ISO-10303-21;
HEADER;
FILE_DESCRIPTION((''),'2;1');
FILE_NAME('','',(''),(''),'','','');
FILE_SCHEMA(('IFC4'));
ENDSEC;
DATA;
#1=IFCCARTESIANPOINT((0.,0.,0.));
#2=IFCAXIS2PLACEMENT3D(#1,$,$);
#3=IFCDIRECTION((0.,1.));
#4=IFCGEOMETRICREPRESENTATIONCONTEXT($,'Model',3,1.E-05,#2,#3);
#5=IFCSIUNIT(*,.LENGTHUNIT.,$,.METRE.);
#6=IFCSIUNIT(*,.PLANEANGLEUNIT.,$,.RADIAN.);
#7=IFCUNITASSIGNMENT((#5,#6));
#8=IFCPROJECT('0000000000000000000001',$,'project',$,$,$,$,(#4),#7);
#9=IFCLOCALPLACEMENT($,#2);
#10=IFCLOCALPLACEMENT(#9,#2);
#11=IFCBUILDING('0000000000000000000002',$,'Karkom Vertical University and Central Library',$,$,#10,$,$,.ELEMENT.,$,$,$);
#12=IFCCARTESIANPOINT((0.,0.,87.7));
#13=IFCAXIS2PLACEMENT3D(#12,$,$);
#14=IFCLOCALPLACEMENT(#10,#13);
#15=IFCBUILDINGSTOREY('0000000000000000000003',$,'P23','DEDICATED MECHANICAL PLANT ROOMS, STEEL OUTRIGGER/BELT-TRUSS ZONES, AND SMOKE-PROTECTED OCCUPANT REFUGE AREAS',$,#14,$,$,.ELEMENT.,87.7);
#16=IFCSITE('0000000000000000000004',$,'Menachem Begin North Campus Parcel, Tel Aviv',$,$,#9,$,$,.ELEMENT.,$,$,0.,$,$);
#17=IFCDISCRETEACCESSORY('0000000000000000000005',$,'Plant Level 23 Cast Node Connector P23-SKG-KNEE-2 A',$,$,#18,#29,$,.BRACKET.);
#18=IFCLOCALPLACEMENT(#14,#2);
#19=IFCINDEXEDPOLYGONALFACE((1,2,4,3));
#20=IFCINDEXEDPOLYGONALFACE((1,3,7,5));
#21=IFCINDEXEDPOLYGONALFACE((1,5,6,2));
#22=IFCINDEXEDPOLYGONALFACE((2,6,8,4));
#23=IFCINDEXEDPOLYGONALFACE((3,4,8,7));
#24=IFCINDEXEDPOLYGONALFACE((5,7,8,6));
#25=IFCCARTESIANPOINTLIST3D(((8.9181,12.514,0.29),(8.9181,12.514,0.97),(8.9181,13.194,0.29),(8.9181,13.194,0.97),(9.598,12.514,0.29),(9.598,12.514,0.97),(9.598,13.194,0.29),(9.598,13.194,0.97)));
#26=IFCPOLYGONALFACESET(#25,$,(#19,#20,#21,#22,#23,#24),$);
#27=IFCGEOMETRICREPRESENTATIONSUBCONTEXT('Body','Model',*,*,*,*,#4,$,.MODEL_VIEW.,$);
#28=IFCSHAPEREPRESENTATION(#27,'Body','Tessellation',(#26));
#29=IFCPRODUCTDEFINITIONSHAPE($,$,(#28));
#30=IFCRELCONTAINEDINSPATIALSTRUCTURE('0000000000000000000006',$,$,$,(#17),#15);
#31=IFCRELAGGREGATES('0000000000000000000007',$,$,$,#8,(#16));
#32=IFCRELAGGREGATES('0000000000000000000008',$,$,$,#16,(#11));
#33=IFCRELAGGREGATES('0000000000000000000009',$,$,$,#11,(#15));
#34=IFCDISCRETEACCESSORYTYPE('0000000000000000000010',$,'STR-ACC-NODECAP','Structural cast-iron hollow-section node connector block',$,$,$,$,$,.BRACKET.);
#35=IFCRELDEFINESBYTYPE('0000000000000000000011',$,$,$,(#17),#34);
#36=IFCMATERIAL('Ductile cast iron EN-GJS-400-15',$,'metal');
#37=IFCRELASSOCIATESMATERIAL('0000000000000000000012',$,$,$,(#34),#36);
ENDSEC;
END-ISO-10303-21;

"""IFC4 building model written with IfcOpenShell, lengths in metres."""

from ifc_helpers import new_model, si_unit, direction, frame, origin, origin_with_axes, origin_2d, place, context, subcontext, project, spatial, rectangle, extrude, source, transform, mapped, material, type_object, element, save


model = new_model("IFC4")

# Units and contexts
model_context = context("Model", 3, precision=1e-05, world=origin(), true_north=direction((0.0, 1.0)))
body_context = subcontext(model_context, "Body", "Model", "MODEL_VIEW")
ifc_project = project(units=[si_unit("LENGTHUNIT", "METRE"), si_unit("PLANEANGLEUNIT", "RADIAN")], contexts=[model_context])

# Site, building, storey
site_placement = place(None, origin())
site = spatial("IfcSite", under=ifc_project, at=site_placement, Name="Menachem Begin North Campus Parcel, Tel Aviv", CompositionType="ELEMENT", RefElevation=0.0)
building_placement = place(site_placement, origin())
building = spatial("IfcBuilding", under=site, at=building_placement, Name="Karkom Vertical University and Central Library", CompositionType="ELEMENT")
storey_placement = place(building_placement, frame((0.0, 0.0, 87.7)))
storey = spatial("IfcBuildingStorey", under=building, at=storey_placement, Name="P23", Description="DEDICATED MECHANICAL PLANT ROOMS, STEEL OUTRIGGER/BELT-TRUSS ZONES, AND SMOKE-PROTECTED OCCUPANT REFUGE AREAS", CompositionType="ELEMENT", Elevation=87.7)

# Discrete accessory
ifc_material_1 = material(Name="Ductile cast iron EN-GJS-400-15", Category="metal")
discrete_accessory_type = type_object("IfcDiscreteAccessoryType", Name="STR-ACC-NODECAP", Description="Structural cast-iron hollow-section node connector block", PredefinedType="BRACKET", material=ifc_material_1)
shared_shape_1 = source(origin_with_axes(), body_context, "Body", "SweptSolid", [
    extrude(rectangle(XDim=0.6799, YDim=0.6799, at=origin_2d()), origin(), (0.0, 0.0, 1.0), 0.6799),
])
discrete_accessory_1_placement = place(storey_placement, frame((9.2581, 12.854, 0.29), z_axis=(0.0, 0.0, 1.0), x_axis=(1.0, 0.0, 0.0)))
element("IfcDiscreteAccessory", 1, at=discrete_accessory_1_placement, inside=storey, type_object=discrete_accessory_type, Name="Plant Level 23 Cast Node Connector P23-SKG-KNEE-2 A", PredefinedType="BRACKET", context=body_context, shape_type="MappedRepresentation", body=[
    mapped(shared_shape_1, transform((0.0, 0.0, 0.0), scale=1.0)),
])

save(model, "model.ifc")
